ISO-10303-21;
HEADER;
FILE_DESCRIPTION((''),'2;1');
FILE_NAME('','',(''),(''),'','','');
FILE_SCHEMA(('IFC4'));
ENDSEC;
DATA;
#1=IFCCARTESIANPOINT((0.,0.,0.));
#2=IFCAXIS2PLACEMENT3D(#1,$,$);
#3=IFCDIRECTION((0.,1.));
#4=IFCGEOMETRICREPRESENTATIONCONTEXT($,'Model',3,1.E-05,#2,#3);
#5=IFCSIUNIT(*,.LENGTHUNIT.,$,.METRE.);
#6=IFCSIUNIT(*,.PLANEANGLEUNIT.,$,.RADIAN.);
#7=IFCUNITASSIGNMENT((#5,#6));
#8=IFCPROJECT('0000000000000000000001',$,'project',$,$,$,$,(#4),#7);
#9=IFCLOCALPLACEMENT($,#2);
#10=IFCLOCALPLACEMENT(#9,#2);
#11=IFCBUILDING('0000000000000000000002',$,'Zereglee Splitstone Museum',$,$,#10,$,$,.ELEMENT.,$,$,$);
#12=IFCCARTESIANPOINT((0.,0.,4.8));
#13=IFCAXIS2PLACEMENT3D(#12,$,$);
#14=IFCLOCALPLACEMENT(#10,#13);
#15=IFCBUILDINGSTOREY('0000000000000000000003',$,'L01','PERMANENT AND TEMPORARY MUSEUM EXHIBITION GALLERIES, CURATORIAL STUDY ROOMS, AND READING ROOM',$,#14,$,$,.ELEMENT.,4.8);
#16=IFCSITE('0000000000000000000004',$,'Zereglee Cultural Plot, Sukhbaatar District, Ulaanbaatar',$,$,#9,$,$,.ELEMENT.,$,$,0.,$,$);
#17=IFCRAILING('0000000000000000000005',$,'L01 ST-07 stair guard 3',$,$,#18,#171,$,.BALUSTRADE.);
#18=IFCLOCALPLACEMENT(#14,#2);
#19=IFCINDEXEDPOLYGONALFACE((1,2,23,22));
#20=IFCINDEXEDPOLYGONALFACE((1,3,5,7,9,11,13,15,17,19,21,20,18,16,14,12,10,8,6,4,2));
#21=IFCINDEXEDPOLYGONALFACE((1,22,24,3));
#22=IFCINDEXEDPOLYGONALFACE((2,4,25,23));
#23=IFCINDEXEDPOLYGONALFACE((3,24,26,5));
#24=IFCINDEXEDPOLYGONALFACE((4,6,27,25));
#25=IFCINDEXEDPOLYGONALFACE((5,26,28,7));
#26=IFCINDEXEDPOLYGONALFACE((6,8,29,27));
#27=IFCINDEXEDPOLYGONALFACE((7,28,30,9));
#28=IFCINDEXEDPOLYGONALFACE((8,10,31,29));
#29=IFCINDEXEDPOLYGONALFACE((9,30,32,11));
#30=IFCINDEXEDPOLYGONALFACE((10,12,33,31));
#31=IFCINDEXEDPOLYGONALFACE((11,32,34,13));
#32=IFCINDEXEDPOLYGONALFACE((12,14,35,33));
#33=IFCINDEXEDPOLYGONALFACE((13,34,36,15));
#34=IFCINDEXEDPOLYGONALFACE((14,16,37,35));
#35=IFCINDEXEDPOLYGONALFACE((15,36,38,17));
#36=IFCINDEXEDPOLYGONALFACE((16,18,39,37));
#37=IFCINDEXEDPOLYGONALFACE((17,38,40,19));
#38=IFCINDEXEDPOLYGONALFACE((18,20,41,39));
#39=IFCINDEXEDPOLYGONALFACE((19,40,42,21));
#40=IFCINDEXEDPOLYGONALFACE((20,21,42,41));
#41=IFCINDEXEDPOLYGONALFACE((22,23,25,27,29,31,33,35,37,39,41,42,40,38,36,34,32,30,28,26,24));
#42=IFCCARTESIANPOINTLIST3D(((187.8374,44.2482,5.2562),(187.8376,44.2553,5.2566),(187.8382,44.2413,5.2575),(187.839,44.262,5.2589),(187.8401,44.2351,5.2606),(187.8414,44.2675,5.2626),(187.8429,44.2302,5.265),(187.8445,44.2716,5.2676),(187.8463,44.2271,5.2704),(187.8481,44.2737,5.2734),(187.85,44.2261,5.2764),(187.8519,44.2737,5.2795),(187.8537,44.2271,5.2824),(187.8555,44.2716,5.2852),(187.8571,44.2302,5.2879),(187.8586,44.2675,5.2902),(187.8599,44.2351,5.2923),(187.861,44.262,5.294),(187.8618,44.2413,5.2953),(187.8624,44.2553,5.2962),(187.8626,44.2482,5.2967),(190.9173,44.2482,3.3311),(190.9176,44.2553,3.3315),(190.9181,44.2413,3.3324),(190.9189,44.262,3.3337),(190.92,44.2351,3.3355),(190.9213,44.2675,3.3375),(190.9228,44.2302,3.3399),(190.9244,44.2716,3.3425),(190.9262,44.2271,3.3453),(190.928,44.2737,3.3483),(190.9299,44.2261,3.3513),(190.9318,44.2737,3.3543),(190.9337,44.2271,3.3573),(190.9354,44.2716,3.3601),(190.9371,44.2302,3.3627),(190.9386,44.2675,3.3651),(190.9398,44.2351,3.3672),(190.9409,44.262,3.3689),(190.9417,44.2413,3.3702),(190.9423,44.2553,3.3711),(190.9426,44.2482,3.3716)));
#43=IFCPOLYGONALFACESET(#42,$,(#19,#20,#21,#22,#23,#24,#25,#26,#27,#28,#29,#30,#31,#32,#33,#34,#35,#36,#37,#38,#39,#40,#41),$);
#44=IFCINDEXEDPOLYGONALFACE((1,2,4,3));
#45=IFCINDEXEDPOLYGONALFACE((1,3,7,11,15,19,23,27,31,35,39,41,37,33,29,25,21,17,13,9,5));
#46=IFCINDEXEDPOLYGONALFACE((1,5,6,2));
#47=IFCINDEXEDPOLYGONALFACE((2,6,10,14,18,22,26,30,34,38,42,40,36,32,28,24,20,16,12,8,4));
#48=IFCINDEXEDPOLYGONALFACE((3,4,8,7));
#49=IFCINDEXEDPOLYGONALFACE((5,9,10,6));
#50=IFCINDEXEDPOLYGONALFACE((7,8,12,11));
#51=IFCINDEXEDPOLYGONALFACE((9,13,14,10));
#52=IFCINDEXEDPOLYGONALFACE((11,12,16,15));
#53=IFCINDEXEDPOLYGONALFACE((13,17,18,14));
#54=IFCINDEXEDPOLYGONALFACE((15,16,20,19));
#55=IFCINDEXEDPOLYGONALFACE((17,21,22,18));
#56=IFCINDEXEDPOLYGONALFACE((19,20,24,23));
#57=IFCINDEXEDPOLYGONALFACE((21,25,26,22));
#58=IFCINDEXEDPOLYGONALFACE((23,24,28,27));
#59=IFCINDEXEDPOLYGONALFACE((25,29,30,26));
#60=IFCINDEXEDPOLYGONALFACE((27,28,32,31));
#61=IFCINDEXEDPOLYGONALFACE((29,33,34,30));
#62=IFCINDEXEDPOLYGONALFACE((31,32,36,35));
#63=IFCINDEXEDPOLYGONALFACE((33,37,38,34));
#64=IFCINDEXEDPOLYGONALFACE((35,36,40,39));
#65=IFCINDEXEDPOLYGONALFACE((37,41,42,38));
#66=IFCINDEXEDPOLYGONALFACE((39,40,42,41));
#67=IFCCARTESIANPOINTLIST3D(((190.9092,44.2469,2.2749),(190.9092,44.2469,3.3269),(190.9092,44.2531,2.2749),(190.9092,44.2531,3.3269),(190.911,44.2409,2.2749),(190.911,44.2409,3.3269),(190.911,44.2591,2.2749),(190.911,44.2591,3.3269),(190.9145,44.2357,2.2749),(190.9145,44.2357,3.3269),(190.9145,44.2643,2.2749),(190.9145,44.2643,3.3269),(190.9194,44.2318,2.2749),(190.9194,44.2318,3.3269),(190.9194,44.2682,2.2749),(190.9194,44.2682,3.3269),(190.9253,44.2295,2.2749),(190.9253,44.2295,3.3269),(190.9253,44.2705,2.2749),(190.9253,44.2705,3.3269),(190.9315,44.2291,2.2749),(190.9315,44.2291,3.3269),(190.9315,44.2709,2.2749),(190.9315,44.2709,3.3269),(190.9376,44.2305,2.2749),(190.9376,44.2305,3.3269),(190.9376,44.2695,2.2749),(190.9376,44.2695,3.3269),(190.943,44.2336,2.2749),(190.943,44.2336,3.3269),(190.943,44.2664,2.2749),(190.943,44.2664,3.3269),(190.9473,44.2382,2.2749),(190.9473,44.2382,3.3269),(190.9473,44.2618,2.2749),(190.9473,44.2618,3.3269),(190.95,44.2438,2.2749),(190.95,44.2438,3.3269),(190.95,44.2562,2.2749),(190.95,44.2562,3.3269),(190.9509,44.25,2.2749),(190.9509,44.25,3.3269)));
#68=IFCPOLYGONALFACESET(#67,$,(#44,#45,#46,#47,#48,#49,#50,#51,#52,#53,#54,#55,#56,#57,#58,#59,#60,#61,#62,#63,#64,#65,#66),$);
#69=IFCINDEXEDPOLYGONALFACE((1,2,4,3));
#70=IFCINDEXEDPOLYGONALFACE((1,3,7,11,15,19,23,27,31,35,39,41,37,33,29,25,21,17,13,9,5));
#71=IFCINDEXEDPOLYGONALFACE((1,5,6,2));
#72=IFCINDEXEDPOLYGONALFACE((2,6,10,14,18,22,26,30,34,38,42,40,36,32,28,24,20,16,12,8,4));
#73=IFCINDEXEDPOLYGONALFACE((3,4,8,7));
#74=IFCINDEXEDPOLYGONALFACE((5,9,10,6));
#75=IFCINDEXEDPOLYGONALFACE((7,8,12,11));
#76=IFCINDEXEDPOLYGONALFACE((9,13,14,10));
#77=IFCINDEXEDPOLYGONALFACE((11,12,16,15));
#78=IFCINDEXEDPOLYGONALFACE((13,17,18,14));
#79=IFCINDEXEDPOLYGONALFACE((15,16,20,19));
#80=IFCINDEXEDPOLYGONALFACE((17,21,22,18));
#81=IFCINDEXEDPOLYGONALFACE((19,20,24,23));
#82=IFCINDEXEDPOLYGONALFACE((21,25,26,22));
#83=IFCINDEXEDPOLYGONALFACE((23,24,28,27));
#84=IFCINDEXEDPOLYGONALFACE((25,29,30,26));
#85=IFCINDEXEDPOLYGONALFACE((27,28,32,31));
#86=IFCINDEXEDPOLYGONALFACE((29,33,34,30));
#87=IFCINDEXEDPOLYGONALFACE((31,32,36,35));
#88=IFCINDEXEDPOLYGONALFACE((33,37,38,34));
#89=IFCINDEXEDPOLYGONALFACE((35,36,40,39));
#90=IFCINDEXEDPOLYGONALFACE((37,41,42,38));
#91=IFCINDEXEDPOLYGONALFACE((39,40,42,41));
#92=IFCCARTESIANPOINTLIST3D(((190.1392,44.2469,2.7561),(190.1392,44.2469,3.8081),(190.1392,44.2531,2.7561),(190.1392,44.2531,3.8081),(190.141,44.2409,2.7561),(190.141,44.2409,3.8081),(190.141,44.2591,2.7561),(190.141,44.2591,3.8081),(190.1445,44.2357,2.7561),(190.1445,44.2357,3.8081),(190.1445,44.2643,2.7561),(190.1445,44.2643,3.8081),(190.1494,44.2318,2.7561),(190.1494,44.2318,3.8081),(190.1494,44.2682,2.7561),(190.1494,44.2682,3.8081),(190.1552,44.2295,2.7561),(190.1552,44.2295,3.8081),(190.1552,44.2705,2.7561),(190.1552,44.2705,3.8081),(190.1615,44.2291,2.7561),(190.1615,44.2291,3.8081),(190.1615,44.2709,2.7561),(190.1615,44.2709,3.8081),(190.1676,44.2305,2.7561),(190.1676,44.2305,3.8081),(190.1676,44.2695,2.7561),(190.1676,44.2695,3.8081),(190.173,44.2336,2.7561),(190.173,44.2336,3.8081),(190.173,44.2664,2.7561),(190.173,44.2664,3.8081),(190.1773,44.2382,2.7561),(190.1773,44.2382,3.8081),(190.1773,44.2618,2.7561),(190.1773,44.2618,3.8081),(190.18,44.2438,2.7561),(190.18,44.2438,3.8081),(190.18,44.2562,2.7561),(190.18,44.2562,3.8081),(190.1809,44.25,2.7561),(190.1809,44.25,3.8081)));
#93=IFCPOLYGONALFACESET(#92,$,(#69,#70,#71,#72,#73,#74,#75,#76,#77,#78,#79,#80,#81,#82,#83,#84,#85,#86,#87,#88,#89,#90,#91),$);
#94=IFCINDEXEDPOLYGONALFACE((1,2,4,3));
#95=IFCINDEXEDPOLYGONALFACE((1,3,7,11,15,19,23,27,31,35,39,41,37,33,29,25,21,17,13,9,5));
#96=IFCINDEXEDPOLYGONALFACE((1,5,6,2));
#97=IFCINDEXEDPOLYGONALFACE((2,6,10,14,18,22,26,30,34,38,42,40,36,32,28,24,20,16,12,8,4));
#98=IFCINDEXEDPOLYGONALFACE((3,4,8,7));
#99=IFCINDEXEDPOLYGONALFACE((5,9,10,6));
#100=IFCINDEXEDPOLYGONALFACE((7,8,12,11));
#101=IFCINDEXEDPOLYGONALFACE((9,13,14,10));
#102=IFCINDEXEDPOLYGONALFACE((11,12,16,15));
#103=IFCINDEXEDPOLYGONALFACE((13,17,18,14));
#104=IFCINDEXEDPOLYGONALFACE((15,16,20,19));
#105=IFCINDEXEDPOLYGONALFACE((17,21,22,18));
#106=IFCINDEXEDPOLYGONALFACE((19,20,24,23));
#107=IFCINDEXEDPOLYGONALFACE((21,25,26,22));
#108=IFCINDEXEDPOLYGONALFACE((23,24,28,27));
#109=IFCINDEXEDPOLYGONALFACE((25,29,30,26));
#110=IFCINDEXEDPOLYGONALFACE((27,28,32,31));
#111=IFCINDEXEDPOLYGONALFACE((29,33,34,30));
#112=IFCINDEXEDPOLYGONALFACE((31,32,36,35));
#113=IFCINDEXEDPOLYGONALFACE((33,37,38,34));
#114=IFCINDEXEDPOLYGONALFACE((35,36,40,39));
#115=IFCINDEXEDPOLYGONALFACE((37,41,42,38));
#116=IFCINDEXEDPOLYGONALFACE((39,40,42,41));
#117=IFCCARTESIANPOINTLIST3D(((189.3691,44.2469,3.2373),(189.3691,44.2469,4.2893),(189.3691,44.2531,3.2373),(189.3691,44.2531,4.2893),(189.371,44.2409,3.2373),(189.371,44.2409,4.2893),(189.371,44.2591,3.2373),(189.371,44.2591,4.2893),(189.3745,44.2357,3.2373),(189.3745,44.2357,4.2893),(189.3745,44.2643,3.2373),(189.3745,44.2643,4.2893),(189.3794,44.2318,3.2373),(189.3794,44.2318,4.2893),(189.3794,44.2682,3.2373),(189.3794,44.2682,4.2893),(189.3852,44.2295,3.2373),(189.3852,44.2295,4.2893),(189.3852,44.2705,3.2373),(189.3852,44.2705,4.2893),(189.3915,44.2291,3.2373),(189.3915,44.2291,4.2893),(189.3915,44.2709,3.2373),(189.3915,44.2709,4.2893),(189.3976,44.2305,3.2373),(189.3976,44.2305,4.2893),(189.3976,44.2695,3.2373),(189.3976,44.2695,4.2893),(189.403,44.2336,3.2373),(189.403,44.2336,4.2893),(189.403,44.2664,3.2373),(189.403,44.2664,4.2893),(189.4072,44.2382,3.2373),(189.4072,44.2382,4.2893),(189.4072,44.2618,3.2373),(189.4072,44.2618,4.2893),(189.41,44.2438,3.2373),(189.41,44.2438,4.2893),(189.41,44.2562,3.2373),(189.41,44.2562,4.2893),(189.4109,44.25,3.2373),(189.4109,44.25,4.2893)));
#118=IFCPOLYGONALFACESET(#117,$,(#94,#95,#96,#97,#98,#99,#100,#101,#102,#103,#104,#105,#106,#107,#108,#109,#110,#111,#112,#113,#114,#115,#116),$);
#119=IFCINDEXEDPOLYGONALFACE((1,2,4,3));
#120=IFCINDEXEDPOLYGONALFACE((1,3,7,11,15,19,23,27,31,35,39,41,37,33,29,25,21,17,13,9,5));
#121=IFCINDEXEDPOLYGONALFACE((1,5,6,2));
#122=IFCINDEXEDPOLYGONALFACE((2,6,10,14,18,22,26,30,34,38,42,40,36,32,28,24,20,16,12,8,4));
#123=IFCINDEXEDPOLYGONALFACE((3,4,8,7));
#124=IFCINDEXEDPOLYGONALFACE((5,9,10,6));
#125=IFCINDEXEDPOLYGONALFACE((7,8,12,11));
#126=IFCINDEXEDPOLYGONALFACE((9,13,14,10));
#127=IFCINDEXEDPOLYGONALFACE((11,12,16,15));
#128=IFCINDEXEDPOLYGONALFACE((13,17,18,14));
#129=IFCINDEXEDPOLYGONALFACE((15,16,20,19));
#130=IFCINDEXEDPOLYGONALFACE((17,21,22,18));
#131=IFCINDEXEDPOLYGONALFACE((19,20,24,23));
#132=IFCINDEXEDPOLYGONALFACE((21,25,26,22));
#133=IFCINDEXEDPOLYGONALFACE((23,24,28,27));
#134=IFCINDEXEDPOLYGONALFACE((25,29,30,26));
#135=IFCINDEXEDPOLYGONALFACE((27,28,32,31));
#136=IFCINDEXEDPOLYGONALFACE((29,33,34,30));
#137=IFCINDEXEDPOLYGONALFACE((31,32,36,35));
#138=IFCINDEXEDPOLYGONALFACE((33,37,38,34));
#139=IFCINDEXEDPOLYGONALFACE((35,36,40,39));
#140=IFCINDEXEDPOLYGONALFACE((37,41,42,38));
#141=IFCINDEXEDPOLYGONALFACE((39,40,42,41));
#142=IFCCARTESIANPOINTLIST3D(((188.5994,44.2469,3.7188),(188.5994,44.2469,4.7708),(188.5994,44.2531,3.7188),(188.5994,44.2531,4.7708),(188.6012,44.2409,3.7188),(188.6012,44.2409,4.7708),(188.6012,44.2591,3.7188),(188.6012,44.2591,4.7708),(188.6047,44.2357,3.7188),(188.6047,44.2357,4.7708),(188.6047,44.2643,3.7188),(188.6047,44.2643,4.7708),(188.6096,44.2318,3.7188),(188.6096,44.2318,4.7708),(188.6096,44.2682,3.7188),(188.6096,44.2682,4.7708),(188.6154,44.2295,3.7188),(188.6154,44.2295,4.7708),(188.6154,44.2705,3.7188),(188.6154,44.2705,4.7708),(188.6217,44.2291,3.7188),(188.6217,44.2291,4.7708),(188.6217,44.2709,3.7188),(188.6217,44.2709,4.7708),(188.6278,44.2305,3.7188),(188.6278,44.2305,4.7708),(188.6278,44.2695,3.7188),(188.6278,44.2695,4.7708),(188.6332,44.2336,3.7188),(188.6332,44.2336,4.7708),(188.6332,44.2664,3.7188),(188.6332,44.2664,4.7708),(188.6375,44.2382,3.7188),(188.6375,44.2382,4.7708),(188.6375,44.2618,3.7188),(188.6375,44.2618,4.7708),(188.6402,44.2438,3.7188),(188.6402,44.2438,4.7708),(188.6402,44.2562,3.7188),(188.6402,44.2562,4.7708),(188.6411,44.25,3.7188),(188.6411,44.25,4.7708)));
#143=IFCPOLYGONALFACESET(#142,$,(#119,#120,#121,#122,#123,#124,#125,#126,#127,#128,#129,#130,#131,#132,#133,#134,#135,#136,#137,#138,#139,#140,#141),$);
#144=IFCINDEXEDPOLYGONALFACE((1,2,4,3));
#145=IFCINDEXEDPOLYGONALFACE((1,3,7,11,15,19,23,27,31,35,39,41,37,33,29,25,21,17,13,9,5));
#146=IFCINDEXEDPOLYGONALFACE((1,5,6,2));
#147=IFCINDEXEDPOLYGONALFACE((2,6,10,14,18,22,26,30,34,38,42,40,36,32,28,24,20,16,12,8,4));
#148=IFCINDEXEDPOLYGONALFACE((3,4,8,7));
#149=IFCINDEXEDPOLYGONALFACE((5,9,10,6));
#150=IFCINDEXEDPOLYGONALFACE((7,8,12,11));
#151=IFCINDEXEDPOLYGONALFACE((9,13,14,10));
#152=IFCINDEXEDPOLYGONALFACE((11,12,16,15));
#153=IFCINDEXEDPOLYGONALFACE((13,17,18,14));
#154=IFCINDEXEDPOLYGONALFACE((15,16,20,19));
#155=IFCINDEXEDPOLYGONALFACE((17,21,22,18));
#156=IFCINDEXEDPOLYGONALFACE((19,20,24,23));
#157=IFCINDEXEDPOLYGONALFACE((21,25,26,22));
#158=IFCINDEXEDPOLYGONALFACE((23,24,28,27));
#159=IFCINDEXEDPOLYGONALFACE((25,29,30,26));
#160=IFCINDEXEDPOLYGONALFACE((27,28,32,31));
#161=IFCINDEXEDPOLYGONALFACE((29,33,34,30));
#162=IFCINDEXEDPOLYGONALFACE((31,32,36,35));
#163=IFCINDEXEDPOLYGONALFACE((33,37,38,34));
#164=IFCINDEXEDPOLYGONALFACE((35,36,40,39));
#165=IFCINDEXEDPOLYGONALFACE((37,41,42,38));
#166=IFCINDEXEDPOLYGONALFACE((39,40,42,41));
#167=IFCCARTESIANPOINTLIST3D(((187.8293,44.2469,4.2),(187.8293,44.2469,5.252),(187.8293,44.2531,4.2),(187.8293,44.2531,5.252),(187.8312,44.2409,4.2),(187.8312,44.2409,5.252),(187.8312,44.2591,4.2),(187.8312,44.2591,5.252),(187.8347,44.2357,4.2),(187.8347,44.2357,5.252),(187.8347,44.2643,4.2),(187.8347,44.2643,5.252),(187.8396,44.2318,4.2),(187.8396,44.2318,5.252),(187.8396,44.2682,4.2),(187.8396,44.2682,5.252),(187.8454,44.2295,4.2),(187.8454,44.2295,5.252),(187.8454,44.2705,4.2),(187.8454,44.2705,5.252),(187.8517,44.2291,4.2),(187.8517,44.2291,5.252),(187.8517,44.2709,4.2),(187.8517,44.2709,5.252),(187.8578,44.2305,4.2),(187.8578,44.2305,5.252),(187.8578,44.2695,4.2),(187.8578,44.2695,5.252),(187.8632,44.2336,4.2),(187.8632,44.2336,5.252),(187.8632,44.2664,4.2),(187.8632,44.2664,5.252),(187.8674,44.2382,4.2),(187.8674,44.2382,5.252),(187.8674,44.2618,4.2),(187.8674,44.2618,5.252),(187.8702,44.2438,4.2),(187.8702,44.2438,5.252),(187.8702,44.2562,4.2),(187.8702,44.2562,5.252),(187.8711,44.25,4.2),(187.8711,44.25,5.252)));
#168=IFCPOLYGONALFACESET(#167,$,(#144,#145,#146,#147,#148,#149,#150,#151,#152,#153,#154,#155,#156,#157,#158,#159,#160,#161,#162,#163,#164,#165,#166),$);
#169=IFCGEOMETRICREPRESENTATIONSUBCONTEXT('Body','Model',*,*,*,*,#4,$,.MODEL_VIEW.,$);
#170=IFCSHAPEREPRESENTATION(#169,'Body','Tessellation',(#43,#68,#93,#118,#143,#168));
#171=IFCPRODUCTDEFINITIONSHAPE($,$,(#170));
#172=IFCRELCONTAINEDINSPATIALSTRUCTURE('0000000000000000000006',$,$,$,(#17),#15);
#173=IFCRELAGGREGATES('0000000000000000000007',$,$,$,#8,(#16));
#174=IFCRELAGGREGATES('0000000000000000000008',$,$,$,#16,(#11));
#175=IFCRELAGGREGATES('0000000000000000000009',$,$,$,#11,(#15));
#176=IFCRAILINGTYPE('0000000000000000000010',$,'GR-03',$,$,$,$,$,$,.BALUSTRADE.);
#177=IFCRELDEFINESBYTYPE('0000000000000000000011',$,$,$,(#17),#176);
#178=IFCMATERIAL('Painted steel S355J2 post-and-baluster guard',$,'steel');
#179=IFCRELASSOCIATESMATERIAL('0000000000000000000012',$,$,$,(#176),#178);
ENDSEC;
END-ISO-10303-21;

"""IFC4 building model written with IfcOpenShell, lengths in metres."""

from ifc_helpers import new_model, si_unit, direction, frame, origin, origin_2d, place, context, subcontext, project, spatial, circle, extrude, material, type_object, element, save


model = new_model("IFC4")

# Units and contexts
model_context = context("Model", 3, precision=1e-05, world=origin(), true_north=direction((0.0, 1.0)))
body_context = subcontext(model_context, "Body", "Model", "MODEL_VIEW")
ifc_project = project(units=[si_unit("LENGTHUNIT", "METRE"), si_unit("PLANEANGLEUNIT", "RADIAN")], contexts=[model_context])

# Site, building, storey
site_placement = place(None, origin())
site = spatial("IfcSite", under=ifc_project, at=site_placement, Name="Zereglee Cultural Plot, Sukhbaatar District, Ulaanbaatar", CompositionType="ELEMENT", RefElevation=0.0)
building_placement = place(site_placement, origin())
building = spatial("IfcBuilding", under=site, at=building_placement, Name="Zereglee Splitstone Museum", CompositionType="ELEMENT")
storey_placement = place(building_placement, frame((0.0, 0.0, 4.8)))
storey = spatial("IfcBuildingStorey", under=building, at=storey_placement, Name="L01", Description="PERMANENT AND TEMPORARY MUSEUM EXHIBITION GALLERIES, CURATORIAL STUDY ROOMS, AND READING ROOM", CompositionType="ELEMENT", Elevation=4.8)

# Railing
ifc_material_1 = material(Name="Painted steel S355J2 post-and-baluster guard", Category="steel")
railing_type_1 = type_object("IfcRailingType", Name="GR-03", PredefinedType="BALUSTRADE", material=ifc_material_1)
railing_1_placement = place(storey_placement, frame((190.9299, 44.25, 2.2749)))
element("IfcRailing", 1, at=railing_1_placement, inside=storey, type_object=railing_type_1, Name="L01 ST-07 stair guard 3", PredefinedType="BALUSTRADE", context=body_context, shape_type="SweptSolid", body=[
    extrude(circle(Radius=0.0239, at=origin_2d()), frame((0.0, 0.0, 1.0764), z_axis=(-0.847979, 0.0, 0.530029), x_axis=(0.0, -1.0, 0.0)), (0.0, 0.0, 1.0), 3.6321),
    extrude(circle(Radius=0.021, at=origin_2d()), origin(), (0.0, 0.0, 1.0), 1.052),
    extrude(circle(Radius=0.021, at=origin_2d()), frame((-0.77, 0.0, 0.4812)), (0.0, 0.0, 1.0), 1.052),
    extrude(circle(Radius=0.021, at=origin_2d()), frame((-1.54, 0.0, 0.9624)), (0.0, 0.0, 1.0), 1.052),
    extrude(circle(Radius=0.021, at=origin_2d()), frame((-2.3098, 0.0, 1.4438)), (0.0, 0.0, 1.0), 1.052),
    extrude(circle(Radius=0.021, at=origin_2d()), frame((-3.0798, 0.0, 1.925)), (0.0, 0.0, 1.0), 1.052),
])

save(model, "model.ifc")
